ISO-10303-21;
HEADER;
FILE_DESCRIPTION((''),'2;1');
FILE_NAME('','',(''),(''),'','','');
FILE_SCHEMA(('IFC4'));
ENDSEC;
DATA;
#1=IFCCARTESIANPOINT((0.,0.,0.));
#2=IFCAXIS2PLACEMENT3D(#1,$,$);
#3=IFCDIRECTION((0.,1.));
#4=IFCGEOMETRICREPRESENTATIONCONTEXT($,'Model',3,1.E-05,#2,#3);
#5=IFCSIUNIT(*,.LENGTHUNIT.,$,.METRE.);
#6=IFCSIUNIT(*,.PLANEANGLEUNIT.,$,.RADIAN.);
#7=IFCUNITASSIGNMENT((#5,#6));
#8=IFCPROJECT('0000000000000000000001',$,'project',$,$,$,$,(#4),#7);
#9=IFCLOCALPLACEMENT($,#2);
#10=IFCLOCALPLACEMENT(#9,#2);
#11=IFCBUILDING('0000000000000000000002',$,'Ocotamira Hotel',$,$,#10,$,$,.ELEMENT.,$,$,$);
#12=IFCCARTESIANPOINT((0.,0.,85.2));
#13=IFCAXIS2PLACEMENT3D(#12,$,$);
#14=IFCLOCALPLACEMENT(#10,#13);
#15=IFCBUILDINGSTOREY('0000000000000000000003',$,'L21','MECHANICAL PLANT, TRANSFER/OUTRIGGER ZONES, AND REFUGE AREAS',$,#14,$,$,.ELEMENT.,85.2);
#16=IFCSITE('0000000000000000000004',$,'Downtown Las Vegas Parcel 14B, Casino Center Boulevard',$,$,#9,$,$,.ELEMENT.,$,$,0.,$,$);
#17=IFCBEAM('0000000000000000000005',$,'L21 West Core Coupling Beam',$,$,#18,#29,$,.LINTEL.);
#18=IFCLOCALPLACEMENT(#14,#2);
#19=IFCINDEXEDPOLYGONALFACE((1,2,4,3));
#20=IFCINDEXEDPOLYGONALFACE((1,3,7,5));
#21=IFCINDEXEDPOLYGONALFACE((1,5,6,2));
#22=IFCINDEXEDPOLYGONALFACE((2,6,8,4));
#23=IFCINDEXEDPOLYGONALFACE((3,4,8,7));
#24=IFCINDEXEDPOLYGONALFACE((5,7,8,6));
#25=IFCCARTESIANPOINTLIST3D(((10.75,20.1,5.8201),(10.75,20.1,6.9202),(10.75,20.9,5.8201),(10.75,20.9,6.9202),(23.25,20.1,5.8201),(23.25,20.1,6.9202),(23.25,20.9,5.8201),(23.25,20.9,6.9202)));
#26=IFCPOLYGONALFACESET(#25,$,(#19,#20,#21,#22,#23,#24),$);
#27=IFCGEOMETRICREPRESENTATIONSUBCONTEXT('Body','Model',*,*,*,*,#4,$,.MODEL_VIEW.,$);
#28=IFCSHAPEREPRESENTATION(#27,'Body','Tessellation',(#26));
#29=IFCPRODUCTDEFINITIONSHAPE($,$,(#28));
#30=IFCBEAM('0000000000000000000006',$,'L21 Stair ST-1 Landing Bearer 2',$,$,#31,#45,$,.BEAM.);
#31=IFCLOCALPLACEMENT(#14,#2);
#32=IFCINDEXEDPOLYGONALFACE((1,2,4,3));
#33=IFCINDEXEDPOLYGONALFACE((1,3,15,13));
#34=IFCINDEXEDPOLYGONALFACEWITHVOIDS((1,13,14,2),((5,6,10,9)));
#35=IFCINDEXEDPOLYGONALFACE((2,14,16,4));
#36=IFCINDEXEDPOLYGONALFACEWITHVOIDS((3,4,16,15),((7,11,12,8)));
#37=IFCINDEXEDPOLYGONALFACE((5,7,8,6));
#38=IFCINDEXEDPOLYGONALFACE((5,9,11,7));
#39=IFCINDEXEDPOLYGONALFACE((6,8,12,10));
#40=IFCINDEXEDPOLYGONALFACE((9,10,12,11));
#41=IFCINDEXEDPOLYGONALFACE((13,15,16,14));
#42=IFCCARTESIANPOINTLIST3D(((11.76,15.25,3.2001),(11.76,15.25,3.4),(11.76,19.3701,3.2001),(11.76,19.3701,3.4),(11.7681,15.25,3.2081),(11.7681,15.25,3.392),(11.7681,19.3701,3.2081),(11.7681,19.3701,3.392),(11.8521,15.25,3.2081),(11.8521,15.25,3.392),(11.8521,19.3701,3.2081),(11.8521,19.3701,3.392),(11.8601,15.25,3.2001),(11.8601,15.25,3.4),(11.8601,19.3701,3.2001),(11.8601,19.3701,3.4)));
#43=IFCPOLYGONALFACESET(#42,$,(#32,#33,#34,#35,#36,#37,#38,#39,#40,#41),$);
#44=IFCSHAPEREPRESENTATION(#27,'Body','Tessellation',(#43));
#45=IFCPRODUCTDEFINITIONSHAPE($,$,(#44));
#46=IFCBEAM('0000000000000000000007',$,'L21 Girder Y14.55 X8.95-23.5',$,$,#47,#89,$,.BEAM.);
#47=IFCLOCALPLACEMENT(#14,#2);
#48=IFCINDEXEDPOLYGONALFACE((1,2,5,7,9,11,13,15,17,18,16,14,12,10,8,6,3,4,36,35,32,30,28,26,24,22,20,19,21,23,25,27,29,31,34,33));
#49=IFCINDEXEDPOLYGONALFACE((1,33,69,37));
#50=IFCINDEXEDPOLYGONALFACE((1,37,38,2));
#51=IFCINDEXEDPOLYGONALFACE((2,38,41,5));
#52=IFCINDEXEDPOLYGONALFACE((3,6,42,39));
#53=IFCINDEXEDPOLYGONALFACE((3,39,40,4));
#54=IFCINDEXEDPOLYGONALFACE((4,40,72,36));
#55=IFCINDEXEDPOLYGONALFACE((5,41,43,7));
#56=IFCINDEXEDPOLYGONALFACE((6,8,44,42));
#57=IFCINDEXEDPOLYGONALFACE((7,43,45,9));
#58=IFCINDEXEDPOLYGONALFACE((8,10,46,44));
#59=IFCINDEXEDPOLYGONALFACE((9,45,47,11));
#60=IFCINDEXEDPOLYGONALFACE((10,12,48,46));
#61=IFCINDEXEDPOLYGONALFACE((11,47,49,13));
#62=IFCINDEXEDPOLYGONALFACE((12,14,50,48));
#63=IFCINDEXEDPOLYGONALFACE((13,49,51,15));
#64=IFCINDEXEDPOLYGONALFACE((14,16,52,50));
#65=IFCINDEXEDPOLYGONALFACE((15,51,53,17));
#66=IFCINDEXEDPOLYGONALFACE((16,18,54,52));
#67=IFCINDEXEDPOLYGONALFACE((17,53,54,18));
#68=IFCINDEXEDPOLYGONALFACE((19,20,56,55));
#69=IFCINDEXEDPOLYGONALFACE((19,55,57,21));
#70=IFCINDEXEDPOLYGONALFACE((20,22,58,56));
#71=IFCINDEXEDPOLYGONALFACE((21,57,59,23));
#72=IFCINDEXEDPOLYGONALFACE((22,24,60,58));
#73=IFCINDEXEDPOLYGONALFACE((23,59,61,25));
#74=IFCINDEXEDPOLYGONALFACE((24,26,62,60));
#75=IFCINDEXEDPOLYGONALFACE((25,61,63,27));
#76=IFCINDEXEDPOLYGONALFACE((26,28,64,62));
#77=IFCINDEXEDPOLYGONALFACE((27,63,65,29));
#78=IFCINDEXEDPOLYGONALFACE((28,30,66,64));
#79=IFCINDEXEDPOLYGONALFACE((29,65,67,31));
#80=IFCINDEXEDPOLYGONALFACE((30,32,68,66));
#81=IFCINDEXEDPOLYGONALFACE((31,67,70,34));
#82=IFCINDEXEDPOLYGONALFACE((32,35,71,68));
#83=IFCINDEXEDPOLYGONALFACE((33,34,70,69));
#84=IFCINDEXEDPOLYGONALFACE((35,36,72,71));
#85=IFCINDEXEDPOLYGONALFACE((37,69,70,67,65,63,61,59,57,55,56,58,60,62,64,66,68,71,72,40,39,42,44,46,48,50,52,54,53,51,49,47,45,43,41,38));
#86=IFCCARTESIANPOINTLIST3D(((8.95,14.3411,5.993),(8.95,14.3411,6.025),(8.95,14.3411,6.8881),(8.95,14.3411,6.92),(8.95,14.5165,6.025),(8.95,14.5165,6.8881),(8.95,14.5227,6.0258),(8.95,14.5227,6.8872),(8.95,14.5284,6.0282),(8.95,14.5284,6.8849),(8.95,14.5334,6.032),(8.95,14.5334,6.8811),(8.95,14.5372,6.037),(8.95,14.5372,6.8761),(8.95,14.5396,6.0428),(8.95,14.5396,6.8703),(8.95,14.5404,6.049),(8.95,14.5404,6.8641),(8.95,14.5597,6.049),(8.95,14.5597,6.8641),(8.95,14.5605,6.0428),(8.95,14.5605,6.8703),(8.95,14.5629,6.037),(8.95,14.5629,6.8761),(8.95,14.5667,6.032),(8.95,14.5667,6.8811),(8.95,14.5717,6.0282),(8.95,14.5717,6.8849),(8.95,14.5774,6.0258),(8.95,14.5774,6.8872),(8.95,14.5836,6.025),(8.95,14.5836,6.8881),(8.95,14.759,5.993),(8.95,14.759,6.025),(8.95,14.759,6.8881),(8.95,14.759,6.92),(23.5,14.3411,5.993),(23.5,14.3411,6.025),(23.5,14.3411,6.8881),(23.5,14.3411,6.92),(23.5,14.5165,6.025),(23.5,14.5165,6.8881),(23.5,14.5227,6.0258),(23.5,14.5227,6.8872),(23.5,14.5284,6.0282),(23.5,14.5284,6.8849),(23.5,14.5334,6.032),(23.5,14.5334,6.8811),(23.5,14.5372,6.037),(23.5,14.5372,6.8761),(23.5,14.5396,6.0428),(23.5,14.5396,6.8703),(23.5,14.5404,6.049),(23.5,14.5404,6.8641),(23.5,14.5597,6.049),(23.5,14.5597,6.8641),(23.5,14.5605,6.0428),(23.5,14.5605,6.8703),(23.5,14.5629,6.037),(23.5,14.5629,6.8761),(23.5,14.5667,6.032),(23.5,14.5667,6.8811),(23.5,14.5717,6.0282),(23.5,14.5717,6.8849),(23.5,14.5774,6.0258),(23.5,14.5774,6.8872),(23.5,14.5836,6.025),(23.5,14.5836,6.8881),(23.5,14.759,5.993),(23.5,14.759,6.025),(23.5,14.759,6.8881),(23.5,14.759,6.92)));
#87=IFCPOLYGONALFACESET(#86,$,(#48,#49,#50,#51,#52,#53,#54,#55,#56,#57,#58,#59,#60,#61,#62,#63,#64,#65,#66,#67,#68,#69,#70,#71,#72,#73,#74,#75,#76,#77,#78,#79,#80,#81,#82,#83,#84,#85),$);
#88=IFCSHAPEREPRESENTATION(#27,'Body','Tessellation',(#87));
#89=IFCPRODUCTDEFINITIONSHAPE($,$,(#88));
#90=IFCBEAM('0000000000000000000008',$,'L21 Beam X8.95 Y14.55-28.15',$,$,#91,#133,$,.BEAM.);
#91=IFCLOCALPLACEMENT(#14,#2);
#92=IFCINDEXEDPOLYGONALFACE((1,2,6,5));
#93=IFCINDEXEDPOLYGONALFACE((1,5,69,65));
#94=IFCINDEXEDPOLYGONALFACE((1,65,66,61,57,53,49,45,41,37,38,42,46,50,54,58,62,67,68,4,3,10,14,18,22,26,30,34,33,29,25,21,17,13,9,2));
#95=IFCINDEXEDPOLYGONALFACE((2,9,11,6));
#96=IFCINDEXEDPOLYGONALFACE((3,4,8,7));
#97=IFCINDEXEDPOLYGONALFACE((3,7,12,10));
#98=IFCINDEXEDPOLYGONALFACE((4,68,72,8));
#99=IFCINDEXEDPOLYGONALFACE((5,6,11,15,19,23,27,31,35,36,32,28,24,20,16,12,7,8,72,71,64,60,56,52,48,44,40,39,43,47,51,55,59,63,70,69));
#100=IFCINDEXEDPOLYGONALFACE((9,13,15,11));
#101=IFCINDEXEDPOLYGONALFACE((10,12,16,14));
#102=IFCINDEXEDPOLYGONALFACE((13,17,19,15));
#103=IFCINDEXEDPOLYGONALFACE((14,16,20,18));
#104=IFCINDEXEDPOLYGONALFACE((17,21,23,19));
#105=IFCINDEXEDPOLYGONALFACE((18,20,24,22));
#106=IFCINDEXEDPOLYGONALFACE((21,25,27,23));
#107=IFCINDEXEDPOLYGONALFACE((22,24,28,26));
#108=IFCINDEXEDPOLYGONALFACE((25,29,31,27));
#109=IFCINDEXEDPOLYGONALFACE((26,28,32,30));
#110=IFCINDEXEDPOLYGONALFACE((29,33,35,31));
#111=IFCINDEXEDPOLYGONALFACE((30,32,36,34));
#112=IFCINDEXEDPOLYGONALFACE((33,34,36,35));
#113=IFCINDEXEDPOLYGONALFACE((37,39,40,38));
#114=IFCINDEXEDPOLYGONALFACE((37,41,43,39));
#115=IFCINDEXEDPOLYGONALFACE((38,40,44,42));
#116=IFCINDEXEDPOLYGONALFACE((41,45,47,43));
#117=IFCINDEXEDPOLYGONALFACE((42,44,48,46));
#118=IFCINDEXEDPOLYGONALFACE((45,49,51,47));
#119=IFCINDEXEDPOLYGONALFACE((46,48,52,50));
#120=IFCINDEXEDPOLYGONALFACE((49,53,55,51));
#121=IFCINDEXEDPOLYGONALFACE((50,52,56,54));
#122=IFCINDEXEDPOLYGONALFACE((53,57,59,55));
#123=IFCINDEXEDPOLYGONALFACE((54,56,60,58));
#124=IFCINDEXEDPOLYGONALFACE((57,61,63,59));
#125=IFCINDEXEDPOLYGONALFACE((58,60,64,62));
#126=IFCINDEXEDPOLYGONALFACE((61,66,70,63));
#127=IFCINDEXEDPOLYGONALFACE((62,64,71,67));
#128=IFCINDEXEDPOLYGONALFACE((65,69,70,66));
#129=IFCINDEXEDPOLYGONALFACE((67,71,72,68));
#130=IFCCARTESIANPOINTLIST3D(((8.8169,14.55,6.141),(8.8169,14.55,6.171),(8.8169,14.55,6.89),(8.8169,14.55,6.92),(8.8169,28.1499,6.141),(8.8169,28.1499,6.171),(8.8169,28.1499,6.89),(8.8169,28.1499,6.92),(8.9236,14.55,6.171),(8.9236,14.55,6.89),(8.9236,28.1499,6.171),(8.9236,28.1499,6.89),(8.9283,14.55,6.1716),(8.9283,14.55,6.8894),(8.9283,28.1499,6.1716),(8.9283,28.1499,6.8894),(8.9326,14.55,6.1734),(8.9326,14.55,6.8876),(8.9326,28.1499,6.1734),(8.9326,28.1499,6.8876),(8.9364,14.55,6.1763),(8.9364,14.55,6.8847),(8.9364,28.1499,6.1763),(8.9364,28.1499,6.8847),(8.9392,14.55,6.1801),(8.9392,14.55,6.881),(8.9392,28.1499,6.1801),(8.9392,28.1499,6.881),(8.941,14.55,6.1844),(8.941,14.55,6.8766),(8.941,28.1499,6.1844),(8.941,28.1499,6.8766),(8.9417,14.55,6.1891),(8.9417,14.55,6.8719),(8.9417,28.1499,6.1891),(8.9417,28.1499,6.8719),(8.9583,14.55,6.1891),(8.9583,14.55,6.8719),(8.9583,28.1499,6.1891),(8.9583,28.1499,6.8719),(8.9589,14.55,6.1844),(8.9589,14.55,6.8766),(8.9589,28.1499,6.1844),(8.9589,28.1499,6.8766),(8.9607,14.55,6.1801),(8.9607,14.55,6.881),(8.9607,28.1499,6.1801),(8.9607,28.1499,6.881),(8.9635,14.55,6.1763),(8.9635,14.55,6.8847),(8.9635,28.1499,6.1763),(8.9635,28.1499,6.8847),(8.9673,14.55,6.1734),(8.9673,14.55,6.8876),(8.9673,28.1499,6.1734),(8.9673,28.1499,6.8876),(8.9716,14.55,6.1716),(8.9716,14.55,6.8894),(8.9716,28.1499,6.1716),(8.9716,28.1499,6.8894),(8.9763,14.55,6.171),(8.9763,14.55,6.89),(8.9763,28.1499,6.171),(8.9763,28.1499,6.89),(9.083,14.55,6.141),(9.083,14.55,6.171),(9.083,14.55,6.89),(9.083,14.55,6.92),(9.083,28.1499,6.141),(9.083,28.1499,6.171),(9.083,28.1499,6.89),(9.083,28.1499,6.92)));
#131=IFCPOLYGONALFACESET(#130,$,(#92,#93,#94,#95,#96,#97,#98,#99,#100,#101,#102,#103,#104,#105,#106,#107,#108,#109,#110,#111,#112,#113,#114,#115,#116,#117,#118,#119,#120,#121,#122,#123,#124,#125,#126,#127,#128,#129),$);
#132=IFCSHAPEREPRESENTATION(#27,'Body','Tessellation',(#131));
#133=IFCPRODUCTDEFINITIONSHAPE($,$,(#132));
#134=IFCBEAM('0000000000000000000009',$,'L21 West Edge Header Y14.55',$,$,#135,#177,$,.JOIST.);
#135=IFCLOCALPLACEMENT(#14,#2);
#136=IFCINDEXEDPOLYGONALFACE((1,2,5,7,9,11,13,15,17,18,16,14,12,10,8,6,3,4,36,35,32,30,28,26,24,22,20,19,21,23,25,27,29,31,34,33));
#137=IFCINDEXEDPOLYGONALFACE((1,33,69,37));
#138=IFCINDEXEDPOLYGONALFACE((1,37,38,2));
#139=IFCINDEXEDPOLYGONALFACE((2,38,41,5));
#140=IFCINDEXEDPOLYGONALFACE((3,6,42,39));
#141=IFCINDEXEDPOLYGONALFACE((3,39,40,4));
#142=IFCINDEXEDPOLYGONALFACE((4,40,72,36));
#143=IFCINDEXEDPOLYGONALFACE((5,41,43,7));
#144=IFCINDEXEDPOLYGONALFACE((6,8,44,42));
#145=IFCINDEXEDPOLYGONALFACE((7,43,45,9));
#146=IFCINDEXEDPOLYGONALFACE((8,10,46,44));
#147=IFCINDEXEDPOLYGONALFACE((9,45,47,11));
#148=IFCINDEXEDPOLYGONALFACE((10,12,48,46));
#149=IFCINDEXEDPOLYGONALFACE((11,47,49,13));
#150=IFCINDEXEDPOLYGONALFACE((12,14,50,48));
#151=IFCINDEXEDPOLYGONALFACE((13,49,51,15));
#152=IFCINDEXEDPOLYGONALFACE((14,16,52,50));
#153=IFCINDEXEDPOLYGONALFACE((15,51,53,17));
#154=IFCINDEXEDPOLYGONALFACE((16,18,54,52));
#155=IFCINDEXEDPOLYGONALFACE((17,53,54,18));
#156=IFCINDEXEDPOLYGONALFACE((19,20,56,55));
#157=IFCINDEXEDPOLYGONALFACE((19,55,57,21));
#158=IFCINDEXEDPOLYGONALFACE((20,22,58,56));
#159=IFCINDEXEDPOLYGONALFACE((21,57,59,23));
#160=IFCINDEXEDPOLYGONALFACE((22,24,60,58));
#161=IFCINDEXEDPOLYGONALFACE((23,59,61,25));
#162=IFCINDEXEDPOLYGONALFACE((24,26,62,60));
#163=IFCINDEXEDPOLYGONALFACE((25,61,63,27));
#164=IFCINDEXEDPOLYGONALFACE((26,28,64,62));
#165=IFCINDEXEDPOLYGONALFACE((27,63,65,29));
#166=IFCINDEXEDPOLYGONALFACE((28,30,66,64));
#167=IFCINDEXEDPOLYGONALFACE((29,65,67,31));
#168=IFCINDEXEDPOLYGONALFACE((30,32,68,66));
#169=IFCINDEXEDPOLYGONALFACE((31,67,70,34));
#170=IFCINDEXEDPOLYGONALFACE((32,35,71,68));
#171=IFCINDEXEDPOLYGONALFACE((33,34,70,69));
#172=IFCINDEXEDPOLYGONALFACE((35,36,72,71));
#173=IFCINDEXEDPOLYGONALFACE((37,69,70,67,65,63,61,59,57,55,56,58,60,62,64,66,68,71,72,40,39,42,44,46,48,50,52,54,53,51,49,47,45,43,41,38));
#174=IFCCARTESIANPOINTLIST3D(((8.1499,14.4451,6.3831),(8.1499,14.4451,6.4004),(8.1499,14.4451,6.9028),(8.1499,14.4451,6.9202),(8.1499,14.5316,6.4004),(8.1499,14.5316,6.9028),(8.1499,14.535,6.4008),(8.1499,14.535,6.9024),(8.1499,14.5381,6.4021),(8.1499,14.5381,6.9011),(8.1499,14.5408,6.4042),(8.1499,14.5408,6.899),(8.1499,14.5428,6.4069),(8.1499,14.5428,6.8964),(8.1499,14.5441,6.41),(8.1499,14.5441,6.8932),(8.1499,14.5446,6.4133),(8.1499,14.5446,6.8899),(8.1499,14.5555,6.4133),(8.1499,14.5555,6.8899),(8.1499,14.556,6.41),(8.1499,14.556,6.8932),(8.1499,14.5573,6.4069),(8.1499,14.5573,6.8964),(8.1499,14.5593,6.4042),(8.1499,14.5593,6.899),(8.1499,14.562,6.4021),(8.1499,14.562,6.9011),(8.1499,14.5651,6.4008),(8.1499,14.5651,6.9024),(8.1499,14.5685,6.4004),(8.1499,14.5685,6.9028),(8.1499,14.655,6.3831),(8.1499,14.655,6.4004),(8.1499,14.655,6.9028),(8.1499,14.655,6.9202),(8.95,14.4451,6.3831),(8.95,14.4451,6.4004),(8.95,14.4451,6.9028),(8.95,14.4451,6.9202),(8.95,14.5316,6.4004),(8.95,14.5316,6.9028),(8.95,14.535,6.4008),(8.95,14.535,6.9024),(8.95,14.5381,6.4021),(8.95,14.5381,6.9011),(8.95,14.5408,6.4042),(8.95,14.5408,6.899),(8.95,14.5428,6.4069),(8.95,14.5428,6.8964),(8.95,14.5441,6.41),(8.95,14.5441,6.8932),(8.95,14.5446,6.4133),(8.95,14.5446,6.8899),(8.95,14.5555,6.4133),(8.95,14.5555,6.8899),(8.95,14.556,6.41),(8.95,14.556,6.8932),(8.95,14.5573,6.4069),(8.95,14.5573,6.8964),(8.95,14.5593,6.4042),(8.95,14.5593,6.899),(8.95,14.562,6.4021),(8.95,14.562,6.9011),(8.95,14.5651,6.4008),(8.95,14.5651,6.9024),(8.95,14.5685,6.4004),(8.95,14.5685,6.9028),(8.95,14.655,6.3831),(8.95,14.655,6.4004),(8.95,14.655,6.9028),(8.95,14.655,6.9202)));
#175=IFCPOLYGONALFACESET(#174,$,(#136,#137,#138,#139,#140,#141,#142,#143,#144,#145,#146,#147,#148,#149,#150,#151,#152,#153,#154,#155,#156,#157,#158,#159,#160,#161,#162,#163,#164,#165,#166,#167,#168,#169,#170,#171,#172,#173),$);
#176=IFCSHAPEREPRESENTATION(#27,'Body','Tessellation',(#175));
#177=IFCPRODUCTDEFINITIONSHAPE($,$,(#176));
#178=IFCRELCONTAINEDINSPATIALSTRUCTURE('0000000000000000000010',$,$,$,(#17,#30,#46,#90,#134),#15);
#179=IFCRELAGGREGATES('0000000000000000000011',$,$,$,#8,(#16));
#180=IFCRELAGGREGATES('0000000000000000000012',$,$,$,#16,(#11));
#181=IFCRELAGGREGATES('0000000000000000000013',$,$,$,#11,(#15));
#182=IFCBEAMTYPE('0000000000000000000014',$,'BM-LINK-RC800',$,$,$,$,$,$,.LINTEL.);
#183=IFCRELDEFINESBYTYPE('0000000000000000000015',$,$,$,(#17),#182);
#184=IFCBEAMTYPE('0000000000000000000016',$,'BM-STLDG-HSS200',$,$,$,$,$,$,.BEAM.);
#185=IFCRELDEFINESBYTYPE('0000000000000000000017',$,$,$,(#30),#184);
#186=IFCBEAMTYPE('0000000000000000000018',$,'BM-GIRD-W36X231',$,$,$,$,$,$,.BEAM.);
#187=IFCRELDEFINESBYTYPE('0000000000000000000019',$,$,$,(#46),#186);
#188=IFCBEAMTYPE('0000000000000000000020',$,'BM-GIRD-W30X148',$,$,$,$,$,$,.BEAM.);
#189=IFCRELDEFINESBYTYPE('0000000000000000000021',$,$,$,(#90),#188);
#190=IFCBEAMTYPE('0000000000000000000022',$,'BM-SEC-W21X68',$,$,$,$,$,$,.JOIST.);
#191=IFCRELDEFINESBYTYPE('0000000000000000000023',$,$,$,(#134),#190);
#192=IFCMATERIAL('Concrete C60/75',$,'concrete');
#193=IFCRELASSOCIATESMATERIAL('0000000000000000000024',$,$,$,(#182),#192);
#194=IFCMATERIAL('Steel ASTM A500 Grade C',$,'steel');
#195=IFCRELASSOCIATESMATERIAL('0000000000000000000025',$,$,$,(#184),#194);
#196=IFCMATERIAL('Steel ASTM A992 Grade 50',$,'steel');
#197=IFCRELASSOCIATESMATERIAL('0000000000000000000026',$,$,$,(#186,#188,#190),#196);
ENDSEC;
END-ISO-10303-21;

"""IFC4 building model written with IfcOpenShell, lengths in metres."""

from ifc_helpers import new_model, si_unit, direction, frame, origin, origin_2d, place, context, subcontext, project, spatial, rectangle, hollow_rectangle, i_section, extrude, source, transform, mapped, material, material_profile, profile_set, type_object, element, save


model = new_model("IFC4")

# Units and contexts
model_context = context("Model", 3, precision=1e-05, world=origin(), true_north=direction((0.0, 1.0)))
body_context = subcontext(model_context, "Body", "Model", "MODEL_VIEW")
ifc_project = project(units=[si_unit("LENGTHUNIT", "METRE"), si_unit("PLANEANGLEUNIT", "RADIAN")], contexts=[model_context])

# Site, building, storey
site_placement = place(None, origin())
site = spatial("IfcSite", under=ifc_project, at=site_placement, Name="Downtown Las Vegas Parcel 14B, Casino Center Boulevard", CompositionType="ELEMENT", RefElevation=0.0)
building_placement = place(site_placement, origin())
building = spatial("IfcBuilding", under=site, at=building_placement, Name="Ocotamira Hotel", CompositionType="ELEMENT")
storey_placement = place(building_placement, frame((0.0, 0.0, 85.2)))
storey = spatial("IfcBuildingStorey", under=building, at=storey_placement, Name="L21", Description="MECHANICAL PLANT, TRANSFER/OUTRIGGER ZONES, AND REFUGE AREAS", CompositionType="ELEMENT", Elevation=85.2)

# Beams
ifc_material_1 = material(Name="Concrete C60/75", Category="concrete")
ifc_material_profile_1 = material_profile(ifc_material_1, rectangle(XDim=0.8, YDim=1.1001, at=origin_2d()), Name="RC800X1100")
ifc_profile_set_1 = profile_set([ifc_material_profile_1], Name="Concrete C60/75")
beam_type_1 = type_object("IfcBeamType", Name="BM-LINK-RC800", PredefinedType="LINTEL", material=ifc_profile_set_1)
shared_shape_1 = source(origin(), body_context, "Body", "SweptSolid", [
    extrude(rectangle(XDim=0.8, YDim=1.1001, at=origin_2d()), origin(), (0.0, 0.0, 1.0), 12.5),
])
beam_1_placement = place(storey_placement, frame((10.75, 20.5, 6.3701), z_axis=(1.0, 0.0, 0.0), x_axis=(0.0, 1.0, 0.0)))
element("IfcBeam", 1, at=beam_1_placement, inside=storey, type_object=beam_type_1, Name="L21 West Core Coupling Beam", PredefinedType="LINTEL", context=body_context, shape_type="MappedRepresentation", body=[
    mapped(shared_shape_1, transform((0.0, 0.0, 0.0), scale=1.0)),
])
ifc_material_2 = material(Name="Steel ASTM A500 Grade C", Category="steel")
ifc_material_profile_2 = material_profile(ifc_material_2, hollow_rectangle(XDim=0.1001, YDim=0.2, WallThickness=0.0081, at=origin_2d()), Name="HSS200X100X8")
ifc_profile_set_2 = profile_set([ifc_material_profile_2], Name="Steel ASTM A500 Grade C")
beam_type_2 = type_object("IfcBeamType", Name="BM-STLDG-HSS200", PredefinedType="BEAM", material=ifc_profile_set_2)
shared_shape_2 = source(origin(), body_context, "Body", "SweptSolid", [
    extrude(hollow_rectangle(XDim=0.1001, YDim=0.2, WallThickness=0.0081, at=origin_2d()), origin(), (0.0, 0.0, 1.0), 4.1201),
])
beam_2_placement = place(storey_placement, frame((11.8101, 15.25, 3.3), z_axis=(0.0, 1.0, 0.0), x_axis=(-1.0, 0.0, 0.0)))
element("IfcBeam", 2, at=beam_2_placement, inside=storey, type_object=beam_type_2, Name="L21 Stair ST-1 Landing Bearer 2", PredefinedType="BEAM", context=body_context, shape_type="MappedRepresentation", body=[
    mapped(shared_shape_2, transform((0.0, 0.0, 0.0), scale=1.0)),
])
ifc_material_3 = material(Name="Steel ASTM A992 Grade 50", Category="steel")
ifc_material_profile_3 = material_profile(ifc_material_3, i_section(OverallWidth=0.418, OverallDepth=0.927, WebThickness=0.0193, FlangeThickness=0.032, FilletRadius=0.0239, at=origin_2d()), Name="W36X231")
ifc_profile_set_3 = profile_set([ifc_material_profile_3], Name="Steel ASTM A992 Grade 50")
beam_type_3 = type_object("IfcBeamType", Name="BM-GIRD-W36X231", PredefinedType="BEAM", material=ifc_profile_set_3)
shared_shape_3 = source(origin(), body_context, "Body", "SweptSolid", [
    extrude(i_section(OverallWidth=0.418, OverallDepth=0.927, WebThickness=0.0193, FlangeThickness=0.032, FilletRadius=0.0239, at=origin_2d()), origin(), (0.0, 0.0, 1.0), 14.55),
])
beam_3_placement = place(storey_placement, frame((8.95, 14.55, 6.4565), z_axis=(1.0, 0.0, 0.0), x_axis=(0.0, 1.0, 0.0)))
element("IfcBeam", 3, at=beam_3_placement, inside=storey, type_object=beam_type_3, Name="L21 Girder Y14.55 X8.95-23.5", PredefinedType="BEAM", context=body_context, shape_type="MappedRepresentation", body=[
    mapped(shared_shape_3, transform((0.0, 0.0, 0.0), scale=1.0)),
])
ifc_material_profile_4 = material_profile(ifc_material_3, i_section(OverallWidth=0.2661, OverallDepth=0.7791, WebThickness=0.0166, FlangeThickness=0.03, FilletRadius=0.0181, at=origin_2d()), Name="W30X148")
ifc_profile_set_4 = profile_set([ifc_material_profile_4], Name="Steel ASTM A992 Grade 50")
beam_type_4 = type_object("IfcBeamType", Name="BM-GIRD-W30X148", PredefinedType="BEAM", material=ifc_profile_set_4)
shared_shape_4 = source(origin(), body_context, "Body", "SweptSolid", [
    extrude(i_section(OverallWidth=0.2661, OverallDepth=0.7791, WebThickness=0.0166, FlangeThickness=0.03, FilletRadius=0.0181, at=origin_2d()), origin(), (0.0, 0.0, 1.0), 13.5999),
])
beam_4_placement = place(storey_placement, frame((8.95, 14.55, 6.5305), z_axis=(0.0, 1.0, 0.0), x_axis=(-1.0, 0.0, 0.0)))
element("IfcBeam", 4, at=beam_4_placement, inside=storey, type_object=beam_type_4, Name="L21 Beam X8.95 Y14.55-28.15", PredefinedType="BEAM", context=body_context, shape_type="MappedRepresentation", body=[
    mapped(shared_shape_4, transform((0.0, 0.0, 0.0), scale=1.0)),
])
ifc_material_profile_5 = material_profile(ifc_material_3, i_section(OverallWidth=0.21, OverallDepth=0.5371, WebThickness=0.011, FlangeThickness=0.0173, FilletRadius=0.0129, at=origin_2d()), Name="W21X68")
ifc_profile_set_5 = profile_set([ifc_material_profile_5], Name="Steel ASTM A992 Grade 50")
beam_type_5 = type_object("IfcBeamType", Name="BM-SEC-W21X68", PredefinedType="JOIST", material=ifc_profile_set_5)
shared_shape_5 = source(origin(), body_context, "Body", "SweptSolid", [
    extrude(i_section(OverallWidth=0.21, OverallDepth=0.5371, WebThickness=0.011, FlangeThickness=0.0173, FilletRadius=0.0129, at=origin_2d()), origin(), (0.0, 0.0, 1.0), 0.8),
])
beam_5_placement = place(storey_placement, frame((8.95, 14.55, 6.6516), z_axis=(-1.0, 0.0, 0.0), x_axis=(0.0, -1.0, 0.0)))
element("IfcBeam", 5, at=beam_5_placement, inside=storey, type_object=beam_type_5, Name="L21 West Edge Header Y14.55", PredefinedType="JOIST", context=body_context, shape_type="MappedRepresentation", body=[
    mapped(shared_shape_5, transform((0.0, 0.0, 0.0), scale=1.0)),
])

save(model, "model.ifc")
